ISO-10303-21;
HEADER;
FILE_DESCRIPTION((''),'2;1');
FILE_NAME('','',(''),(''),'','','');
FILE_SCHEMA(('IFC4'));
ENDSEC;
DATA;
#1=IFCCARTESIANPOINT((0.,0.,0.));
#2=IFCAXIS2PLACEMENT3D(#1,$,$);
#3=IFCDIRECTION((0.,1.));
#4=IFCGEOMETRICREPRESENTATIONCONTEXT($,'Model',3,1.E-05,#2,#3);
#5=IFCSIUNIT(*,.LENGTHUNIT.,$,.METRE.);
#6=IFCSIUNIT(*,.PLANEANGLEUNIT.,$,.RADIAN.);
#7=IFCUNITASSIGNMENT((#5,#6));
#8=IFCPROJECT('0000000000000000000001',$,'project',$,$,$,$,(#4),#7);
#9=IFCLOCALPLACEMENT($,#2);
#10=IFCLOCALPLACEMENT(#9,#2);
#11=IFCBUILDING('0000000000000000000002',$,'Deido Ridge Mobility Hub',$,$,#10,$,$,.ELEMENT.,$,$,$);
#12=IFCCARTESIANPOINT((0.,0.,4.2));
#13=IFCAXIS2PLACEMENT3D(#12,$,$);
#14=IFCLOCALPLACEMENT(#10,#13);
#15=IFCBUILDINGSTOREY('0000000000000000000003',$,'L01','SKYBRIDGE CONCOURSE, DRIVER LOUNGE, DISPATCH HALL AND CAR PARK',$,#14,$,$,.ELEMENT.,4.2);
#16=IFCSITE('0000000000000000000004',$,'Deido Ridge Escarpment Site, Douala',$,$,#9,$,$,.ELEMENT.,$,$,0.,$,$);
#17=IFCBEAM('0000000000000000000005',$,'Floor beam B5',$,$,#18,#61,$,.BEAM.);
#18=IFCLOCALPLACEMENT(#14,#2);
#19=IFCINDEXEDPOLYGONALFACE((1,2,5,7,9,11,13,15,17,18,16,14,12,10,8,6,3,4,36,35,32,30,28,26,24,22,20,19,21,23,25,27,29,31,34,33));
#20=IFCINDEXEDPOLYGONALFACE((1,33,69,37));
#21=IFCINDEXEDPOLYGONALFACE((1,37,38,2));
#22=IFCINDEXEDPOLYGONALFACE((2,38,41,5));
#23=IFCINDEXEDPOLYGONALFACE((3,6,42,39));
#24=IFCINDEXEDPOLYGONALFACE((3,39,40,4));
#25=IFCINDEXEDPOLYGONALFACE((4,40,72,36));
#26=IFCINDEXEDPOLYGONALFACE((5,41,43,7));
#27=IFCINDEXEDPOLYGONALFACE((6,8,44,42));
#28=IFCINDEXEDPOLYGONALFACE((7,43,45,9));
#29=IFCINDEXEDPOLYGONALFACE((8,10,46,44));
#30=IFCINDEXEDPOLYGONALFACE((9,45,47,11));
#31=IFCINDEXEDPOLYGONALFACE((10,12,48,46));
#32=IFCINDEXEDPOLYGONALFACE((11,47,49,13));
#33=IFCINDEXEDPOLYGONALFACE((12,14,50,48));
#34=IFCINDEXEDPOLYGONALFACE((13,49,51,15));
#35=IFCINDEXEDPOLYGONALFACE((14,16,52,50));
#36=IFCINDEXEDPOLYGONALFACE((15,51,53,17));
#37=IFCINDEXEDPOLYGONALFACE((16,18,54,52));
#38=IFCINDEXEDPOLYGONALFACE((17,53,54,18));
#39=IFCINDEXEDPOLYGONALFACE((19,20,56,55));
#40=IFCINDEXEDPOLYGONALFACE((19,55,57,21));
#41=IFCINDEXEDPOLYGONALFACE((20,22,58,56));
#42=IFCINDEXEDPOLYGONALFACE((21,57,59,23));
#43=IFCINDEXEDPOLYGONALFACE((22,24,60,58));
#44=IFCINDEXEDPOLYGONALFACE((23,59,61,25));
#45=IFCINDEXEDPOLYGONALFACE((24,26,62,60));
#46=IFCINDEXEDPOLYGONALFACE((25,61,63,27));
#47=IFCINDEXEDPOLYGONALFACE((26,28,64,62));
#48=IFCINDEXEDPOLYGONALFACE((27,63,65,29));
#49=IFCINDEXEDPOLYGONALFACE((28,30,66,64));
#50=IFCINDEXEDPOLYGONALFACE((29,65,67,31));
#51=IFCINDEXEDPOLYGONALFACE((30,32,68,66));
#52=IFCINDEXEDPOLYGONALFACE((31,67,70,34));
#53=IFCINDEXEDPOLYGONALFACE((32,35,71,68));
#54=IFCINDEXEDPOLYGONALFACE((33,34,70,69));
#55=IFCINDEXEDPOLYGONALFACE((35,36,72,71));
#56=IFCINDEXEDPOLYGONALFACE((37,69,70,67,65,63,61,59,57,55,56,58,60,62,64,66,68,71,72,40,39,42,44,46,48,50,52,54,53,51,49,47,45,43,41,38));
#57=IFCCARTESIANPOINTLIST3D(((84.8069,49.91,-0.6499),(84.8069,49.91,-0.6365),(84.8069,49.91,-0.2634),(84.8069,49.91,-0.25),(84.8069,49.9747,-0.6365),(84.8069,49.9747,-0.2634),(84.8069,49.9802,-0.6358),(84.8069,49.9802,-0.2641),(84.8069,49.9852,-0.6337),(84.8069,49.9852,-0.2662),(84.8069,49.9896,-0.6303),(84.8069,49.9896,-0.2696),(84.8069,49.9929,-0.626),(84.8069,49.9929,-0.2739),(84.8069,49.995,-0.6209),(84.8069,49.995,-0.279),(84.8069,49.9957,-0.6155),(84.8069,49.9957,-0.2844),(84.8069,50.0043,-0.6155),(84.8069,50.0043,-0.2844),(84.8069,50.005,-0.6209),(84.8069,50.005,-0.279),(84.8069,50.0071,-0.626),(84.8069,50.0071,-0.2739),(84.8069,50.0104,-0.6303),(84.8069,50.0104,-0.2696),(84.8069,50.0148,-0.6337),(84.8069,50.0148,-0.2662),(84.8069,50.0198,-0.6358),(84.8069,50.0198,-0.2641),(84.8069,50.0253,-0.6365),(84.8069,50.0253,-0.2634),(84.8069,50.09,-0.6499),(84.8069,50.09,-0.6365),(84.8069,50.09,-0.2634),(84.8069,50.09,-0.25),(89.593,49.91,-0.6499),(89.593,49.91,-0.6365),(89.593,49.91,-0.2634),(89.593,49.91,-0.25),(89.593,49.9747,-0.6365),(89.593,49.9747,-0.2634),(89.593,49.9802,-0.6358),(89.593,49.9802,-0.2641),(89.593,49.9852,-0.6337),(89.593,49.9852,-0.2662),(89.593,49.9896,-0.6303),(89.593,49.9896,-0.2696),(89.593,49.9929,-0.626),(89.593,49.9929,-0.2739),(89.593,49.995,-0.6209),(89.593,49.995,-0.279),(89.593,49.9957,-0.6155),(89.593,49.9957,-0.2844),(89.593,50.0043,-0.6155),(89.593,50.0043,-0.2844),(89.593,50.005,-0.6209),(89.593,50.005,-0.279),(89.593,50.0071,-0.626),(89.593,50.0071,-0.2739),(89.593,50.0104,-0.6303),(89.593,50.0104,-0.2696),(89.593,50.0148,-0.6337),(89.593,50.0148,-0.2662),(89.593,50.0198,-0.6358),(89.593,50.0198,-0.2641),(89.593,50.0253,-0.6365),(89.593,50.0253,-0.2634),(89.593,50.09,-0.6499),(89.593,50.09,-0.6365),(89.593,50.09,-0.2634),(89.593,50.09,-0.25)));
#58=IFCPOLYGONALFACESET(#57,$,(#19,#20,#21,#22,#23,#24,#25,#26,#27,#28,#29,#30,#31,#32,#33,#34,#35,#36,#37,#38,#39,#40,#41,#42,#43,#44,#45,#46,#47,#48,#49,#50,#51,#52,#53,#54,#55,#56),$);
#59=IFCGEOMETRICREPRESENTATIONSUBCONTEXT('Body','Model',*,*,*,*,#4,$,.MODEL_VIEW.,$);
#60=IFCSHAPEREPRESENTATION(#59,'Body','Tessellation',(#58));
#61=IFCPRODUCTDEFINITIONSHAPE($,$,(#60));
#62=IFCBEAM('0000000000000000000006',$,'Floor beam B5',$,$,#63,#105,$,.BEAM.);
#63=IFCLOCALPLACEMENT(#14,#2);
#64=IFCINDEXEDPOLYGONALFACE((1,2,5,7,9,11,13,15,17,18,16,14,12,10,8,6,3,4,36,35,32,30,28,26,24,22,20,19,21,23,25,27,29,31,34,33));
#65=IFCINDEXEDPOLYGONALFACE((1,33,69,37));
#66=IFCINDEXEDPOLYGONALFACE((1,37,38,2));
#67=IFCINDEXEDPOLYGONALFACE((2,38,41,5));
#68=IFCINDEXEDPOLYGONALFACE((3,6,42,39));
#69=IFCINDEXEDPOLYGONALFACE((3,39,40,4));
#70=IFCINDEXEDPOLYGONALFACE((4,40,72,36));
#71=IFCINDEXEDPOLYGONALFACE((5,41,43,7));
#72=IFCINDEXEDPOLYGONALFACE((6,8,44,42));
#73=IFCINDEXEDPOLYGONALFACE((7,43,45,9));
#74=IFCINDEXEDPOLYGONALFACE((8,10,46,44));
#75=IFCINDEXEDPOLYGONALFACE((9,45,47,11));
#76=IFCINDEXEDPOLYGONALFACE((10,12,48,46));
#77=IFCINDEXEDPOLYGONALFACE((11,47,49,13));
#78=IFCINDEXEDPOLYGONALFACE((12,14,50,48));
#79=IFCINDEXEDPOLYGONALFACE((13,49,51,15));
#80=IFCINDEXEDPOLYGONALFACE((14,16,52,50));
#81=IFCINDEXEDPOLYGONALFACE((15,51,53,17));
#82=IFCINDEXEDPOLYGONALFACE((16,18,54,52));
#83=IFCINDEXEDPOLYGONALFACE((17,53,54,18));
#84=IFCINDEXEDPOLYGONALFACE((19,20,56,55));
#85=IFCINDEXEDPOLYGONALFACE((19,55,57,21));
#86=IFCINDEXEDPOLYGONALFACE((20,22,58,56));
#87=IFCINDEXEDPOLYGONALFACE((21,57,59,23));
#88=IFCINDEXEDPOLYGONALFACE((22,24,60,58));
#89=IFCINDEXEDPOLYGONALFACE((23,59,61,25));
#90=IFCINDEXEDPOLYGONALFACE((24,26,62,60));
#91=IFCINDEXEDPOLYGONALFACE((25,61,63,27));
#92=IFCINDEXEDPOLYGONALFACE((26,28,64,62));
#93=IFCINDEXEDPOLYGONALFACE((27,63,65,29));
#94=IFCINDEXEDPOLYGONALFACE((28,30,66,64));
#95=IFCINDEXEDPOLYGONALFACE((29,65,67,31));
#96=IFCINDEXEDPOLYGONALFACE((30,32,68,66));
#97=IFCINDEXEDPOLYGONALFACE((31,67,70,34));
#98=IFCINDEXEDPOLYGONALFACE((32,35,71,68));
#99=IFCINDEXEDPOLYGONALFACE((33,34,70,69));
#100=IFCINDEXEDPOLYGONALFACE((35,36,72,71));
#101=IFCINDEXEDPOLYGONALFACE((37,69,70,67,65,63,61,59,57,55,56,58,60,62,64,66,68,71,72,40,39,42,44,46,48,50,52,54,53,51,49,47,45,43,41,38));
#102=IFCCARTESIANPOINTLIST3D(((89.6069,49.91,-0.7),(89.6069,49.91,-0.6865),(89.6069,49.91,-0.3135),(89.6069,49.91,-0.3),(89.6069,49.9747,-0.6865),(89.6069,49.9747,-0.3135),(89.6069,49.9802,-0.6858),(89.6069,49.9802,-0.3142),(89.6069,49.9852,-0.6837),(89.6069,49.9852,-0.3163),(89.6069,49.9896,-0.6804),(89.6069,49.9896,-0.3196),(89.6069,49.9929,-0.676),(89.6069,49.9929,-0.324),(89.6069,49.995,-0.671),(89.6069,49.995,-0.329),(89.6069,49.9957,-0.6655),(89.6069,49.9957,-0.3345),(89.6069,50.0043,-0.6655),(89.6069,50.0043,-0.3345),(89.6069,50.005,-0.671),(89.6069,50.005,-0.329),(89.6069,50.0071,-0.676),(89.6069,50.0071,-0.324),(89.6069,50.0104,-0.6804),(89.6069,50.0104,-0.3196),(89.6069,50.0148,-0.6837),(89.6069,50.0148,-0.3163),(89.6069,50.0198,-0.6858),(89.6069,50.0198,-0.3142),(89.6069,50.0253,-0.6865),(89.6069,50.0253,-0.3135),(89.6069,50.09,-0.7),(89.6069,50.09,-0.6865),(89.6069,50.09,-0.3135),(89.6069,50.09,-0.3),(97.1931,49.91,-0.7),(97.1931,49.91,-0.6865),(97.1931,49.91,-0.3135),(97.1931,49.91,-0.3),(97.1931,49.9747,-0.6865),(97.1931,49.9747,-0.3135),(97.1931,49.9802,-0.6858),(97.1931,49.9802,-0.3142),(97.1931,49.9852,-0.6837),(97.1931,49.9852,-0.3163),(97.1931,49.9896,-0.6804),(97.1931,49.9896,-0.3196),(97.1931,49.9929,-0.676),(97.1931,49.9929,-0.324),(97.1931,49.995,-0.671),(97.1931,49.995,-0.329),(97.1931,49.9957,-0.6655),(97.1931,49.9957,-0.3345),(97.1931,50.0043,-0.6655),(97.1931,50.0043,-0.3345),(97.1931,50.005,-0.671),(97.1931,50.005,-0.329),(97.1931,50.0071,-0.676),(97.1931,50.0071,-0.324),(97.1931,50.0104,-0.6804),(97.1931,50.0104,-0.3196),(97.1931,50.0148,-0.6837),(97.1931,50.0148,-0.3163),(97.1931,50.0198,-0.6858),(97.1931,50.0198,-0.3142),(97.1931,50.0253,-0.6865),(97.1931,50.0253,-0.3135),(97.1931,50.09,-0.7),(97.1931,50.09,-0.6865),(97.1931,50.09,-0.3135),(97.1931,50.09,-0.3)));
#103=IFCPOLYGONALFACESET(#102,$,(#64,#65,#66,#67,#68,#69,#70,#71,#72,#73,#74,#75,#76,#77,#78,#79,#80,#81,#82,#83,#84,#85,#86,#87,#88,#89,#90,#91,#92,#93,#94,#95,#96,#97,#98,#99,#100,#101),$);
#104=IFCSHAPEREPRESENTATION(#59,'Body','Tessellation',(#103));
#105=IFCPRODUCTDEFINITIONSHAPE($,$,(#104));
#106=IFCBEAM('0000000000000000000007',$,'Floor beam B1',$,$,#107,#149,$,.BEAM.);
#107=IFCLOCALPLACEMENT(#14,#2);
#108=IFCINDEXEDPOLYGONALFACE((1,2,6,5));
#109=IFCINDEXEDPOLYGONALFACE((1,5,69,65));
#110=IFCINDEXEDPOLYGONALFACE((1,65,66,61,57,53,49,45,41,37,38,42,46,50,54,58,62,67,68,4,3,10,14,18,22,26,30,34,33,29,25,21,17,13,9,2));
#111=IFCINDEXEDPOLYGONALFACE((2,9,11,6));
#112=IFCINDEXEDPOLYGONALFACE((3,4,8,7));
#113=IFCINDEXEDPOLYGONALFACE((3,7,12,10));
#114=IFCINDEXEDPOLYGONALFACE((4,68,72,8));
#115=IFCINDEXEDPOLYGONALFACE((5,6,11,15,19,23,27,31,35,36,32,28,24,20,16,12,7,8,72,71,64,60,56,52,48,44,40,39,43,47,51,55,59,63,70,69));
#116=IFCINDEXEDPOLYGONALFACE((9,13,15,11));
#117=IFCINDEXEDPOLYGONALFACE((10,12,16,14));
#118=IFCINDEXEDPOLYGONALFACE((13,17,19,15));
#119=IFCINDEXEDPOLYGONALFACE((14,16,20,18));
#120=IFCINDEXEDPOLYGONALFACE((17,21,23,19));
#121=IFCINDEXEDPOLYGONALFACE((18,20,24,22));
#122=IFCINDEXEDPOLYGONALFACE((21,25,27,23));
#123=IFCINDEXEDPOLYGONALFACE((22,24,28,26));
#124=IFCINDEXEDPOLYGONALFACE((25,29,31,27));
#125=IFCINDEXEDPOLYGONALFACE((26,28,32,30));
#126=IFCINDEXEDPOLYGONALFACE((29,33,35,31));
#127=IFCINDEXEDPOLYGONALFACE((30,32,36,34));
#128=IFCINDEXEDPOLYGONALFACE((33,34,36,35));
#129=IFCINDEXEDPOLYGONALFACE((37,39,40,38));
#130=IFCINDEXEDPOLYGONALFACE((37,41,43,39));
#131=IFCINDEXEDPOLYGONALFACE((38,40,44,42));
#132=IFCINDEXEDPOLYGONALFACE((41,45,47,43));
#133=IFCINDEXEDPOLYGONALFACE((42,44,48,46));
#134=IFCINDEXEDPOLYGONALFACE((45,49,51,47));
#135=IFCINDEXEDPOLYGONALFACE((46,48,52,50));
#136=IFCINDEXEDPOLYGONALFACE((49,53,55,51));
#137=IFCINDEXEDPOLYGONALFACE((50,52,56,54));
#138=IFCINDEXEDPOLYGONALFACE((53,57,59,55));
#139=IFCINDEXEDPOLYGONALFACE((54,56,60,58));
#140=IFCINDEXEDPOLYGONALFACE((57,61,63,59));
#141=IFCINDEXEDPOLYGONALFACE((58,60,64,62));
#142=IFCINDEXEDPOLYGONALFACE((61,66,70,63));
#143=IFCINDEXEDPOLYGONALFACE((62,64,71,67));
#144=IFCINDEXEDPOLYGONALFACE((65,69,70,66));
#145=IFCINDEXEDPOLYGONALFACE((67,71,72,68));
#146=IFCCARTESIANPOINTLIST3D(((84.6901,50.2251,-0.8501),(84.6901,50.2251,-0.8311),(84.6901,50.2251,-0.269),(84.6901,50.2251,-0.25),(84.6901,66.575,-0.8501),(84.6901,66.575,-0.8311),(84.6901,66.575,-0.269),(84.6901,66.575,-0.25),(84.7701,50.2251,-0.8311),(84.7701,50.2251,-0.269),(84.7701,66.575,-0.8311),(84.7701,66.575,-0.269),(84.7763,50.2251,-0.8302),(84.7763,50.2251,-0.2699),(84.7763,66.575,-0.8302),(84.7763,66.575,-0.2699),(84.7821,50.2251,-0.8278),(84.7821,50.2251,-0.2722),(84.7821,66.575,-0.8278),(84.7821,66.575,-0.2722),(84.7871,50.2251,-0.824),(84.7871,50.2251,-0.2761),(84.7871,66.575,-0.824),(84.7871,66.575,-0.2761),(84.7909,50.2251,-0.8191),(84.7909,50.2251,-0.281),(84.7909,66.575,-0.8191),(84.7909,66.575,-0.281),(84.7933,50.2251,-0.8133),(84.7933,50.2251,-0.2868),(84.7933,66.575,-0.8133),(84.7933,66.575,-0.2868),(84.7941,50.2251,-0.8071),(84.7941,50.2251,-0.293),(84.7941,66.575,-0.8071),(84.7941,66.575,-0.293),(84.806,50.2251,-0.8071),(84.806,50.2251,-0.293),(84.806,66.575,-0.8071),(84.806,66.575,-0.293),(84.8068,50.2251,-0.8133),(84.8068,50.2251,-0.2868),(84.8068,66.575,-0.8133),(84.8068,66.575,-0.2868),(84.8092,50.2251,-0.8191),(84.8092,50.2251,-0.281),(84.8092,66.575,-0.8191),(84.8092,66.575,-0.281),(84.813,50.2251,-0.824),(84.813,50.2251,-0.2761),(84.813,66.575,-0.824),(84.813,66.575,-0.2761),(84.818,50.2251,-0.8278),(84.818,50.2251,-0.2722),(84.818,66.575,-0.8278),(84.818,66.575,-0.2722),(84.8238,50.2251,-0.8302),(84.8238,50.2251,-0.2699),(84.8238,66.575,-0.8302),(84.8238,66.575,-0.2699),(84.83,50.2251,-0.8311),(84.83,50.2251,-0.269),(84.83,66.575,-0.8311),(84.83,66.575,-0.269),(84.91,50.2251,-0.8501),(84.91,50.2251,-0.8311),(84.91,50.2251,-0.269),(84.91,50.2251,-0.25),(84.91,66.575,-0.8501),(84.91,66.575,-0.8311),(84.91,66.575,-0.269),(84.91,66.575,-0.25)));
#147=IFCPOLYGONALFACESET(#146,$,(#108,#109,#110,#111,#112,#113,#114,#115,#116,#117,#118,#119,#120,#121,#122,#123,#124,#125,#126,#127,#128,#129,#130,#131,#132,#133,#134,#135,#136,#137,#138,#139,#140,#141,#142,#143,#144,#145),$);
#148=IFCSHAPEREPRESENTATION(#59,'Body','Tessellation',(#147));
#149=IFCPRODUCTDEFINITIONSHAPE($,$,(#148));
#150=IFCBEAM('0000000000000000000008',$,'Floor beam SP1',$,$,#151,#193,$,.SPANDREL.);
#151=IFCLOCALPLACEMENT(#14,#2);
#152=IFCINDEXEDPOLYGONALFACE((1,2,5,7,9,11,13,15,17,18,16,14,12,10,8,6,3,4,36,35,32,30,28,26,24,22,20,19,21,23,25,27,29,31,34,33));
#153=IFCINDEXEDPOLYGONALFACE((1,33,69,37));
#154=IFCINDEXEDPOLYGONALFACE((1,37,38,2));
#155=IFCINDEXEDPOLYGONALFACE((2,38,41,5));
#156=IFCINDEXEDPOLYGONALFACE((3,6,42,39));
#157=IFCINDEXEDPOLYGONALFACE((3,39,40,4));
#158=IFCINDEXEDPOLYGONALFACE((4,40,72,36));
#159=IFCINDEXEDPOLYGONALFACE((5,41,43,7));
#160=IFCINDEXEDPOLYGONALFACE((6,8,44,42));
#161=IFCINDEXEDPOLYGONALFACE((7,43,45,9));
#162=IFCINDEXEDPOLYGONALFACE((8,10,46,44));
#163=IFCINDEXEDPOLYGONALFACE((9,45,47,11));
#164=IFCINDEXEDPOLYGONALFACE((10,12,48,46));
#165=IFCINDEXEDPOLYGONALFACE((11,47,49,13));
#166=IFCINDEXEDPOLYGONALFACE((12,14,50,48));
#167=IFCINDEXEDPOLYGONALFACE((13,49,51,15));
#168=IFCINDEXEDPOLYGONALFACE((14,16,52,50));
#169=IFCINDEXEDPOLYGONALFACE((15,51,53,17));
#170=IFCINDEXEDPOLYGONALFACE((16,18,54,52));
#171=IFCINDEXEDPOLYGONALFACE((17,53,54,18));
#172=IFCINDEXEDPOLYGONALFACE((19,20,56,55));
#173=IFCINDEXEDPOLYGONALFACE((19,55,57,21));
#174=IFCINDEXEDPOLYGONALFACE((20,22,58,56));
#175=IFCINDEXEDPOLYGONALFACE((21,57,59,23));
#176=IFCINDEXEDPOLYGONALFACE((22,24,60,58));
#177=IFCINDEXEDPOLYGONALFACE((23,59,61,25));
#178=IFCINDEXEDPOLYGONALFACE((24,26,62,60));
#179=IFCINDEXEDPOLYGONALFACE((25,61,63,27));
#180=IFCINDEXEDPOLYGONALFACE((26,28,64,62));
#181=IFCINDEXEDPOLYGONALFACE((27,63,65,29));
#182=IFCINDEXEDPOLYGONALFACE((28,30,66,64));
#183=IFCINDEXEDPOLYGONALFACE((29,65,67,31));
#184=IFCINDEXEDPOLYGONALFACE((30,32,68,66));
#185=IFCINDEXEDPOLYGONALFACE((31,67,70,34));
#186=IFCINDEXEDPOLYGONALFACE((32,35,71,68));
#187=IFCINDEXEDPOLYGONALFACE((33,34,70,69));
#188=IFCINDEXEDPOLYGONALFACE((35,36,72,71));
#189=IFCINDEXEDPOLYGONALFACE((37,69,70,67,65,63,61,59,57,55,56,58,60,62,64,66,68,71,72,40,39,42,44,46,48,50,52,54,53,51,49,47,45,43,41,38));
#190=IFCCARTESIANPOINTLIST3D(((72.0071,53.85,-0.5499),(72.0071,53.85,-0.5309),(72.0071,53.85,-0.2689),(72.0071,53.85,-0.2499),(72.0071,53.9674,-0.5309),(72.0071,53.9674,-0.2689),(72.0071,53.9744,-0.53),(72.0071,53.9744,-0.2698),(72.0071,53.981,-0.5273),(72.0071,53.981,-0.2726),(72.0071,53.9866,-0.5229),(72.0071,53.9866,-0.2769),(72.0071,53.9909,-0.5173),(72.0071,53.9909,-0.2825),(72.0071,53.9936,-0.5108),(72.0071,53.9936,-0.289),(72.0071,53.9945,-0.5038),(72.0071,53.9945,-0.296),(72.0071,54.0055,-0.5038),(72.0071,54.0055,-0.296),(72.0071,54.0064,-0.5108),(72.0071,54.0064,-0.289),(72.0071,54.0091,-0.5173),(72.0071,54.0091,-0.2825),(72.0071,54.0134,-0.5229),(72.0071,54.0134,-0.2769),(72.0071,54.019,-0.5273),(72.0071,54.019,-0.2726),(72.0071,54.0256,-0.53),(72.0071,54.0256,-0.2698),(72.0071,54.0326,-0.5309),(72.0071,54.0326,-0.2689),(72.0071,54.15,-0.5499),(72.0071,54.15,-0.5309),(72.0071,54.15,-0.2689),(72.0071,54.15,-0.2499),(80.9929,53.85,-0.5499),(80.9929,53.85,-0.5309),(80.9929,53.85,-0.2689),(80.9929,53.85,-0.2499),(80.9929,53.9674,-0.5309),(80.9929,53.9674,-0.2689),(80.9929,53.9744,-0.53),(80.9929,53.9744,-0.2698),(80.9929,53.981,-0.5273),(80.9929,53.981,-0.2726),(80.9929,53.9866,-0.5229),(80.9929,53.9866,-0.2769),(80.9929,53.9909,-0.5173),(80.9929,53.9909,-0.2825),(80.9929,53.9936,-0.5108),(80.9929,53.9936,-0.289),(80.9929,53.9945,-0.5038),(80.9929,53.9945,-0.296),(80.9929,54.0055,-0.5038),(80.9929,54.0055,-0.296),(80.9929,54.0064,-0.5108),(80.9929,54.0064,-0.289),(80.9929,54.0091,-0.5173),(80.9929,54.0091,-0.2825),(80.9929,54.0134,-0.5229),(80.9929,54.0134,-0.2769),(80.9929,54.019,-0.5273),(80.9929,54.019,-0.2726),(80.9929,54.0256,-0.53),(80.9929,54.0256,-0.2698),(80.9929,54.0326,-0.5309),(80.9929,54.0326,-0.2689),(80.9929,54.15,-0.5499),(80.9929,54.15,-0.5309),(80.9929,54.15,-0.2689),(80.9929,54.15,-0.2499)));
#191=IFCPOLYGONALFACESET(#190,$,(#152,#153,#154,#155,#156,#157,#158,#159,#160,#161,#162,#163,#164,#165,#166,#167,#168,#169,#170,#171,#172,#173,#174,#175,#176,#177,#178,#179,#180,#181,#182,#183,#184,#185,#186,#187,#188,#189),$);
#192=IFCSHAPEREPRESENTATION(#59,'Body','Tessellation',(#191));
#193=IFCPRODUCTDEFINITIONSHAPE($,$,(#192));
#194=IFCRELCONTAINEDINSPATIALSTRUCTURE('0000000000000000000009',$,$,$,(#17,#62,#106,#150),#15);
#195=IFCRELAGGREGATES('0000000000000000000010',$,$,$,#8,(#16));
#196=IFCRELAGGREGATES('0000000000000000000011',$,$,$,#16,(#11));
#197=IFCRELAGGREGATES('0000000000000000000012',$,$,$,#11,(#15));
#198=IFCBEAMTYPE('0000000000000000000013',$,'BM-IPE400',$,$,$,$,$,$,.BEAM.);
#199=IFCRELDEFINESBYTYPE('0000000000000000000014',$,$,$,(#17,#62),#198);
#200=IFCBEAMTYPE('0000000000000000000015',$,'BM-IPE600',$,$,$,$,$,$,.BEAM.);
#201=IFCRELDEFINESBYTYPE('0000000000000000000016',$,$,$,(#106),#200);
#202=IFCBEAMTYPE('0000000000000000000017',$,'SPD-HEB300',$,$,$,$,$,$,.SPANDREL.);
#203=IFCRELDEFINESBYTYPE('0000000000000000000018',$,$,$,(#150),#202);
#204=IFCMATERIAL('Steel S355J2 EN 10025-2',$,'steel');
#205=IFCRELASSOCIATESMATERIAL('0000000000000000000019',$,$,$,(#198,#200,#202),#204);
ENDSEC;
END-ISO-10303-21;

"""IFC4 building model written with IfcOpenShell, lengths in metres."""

from ifc_helpers import new_model, si_unit, direction, frame, origin, origin_2d, place, context, subcontext, project, spatial, i_section, extrude, material, material_profile, profile_set, type_object, element, save


model = new_model("IFC4")

# Units and contexts
model_context = context("Model", 3, precision=1e-05, world=origin(), true_north=direction((0.0, 1.0)))
body_context = subcontext(model_context, "Body", "Model", "MODEL_VIEW")
ifc_project = project(units=[si_unit("LENGTHUNIT", "METRE"), si_unit("PLANEANGLEUNIT", "RADIAN")], contexts=[model_context])

# Site, building, storey
site_placement = place(None, origin())
site = spatial("IfcSite", under=ifc_project, at=site_placement, Name="Deido Ridge Escarpment Site, Douala", CompositionType="ELEMENT", RefElevation=0.0)
building_placement = place(site_placement, origin())
building = spatial("IfcBuilding", under=site, at=building_placement, Name="Deido Ridge Mobility Hub", CompositionType="ELEMENT")
storey_placement = place(building_placement, frame((0.0, 0.0, 4.2)))
storey = spatial("IfcBuildingStorey", under=building, at=storey_placement, Name="L01", Description="SKYBRIDGE CONCOURSE, DRIVER LOUNGE, DISPATCH HALL AND CAR PARK", CompositionType="ELEMENT", Elevation=4.2)

# Shared definitions
ifc_material_1 = material(Name="Steel S355J2 EN 10025-2", Category="steel")

# Beams
ifc_material_profile_1 = material_profile(ifc_material_1, i_section(OverallWidth=0.1799, OverallDepth=0.3999, WebThickness=0.0085, FlangeThickness=0.0134, FilletRadius=0.021, at=origin_2d()), Name="IPE 400")
ifc_profile_set_1 = profile_set([ifc_material_profile_1], Name="Steel S355J2 EN 10025-2")
beam_type_1 = type_object("IfcBeamType", Name="BM-IPE400", PredefinedType="BEAM", material=ifc_profile_set_1)
beam_1_placement = place(storey_placement, frame((84.8069, 50.0, -0.45), z_axis=(1.0, 0.0, 0.0), x_axis=(0.0, 1.0, 0.0)))
element("IfcBeam", 1, at=beam_1_placement, inside=storey, type_object=beam_type_1, Name="Floor beam B5", PredefinedType="BEAM", context=body_context, shape_type="SweptSolid", body=[
    extrude(i_section(OverallWidth=0.1799, OverallDepth=0.3999, WebThickness=0.0085, FlangeThickness=0.0134, FilletRadius=0.021, at=origin_2d()), origin(), (0.0, 0.0, 1.0), 4.7861),
])
beam_2_placement = place(storey_placement, frame((89.6069, 50.0, -0.5), z_axis=(1.0, 0.0, 0.0), x_axis=(0.0, 1.0, 0.0)))
element("IfcBeam", 2, at=beam_2_placement, inside=storey, type_object=beam_type_1, Name="Floor beam B5", PredefinedType="BEAM", context=body_context, shape_type="SweptSolid", body=[
    extrude(i_section(OverallWidth=0.1799, OverallDepth=0.3999, WebThickness=0.0085, FlangeThickness=0.0134, FilletRadius=0.021, at=origin_2d()), origin(), (0.0, 0.0, 1.0), 7.5862),
])
ifc_material_profile_2 = material_profile(ifc_material_1, i_section(OverallWidth=0.22, OverallDepth=0.6001, WebThickness=0.012, FlangeThickness=0.019, FilletRadius=0.0239, at=origin_2d()), Name="IPE 600")
ifc_profile_set_2 = profile_set([ifc_material_profile_2], Name="Steel S355J2 EN 10025-2")
beam_type_2 = type_object("IfcBeamType", Name="BM-IPE600", PredefinedType="BEAM", material=ifc_profile_set_2)
beam_3_placement = place(storey_placement, frame((84.8, 50.2251, -0.55), z_axis=(0.0, 1.0, 0.0), x_axis=(-1.0, 0.0, 0.0)))
element("IfcBeam", 3, at=beam_3_placement, inside=storey, type_object=beam_type_2, Name="Floor beam B1", PredefinedType="BEAM", context=body_context, shape_type="SweptSolid", body=[
    extrude(i_section(OverallWidth=0.22, OverallDepth=0.6001, WebThickness=0.012, FlangeThickness=0.019, FilletRadius=0.0239, at=origin_2d()), origin(), (0.0, 0.0, 1.0), 16.3499),
])
ifc_material_profile_3 = material_profile(ifc_material_1, i_section(OverallWidth=0.3, OverallDepth=0.3, WebThickness=0.011, FlangeThickness=0.019, FilletRadius=0.0271, at=origin_2d()), Name="HEB 300")
ifc_profile_set_3 = profile_set([ifc_material_profile_3], Name="Steel S355J2 EN 10025-2")
beam_type_3 = type_object("IfcBeamType", Name="SPD-HEB300", PredefinedType="SPANDREL", material=ifc_profile_set_3)
beam_4_placement = place(storey_placement, frame((72.0071, 54.0, -0.3999), z_axis=(1.0, 0.0, 0.0), x_axis=(0.0, 1.0, 0.0)))
element("IfcBeam", 4, at=beam_4_placement, inside=storey, type_object=beam_type_3, Name="Floor beam SP1", PredefinedType="SPANDREL", context=body_context, shape_type="SweptSolid", body=[
    extrude(i_section(OverallWidth=0.3, OverallDepth=0.3, WebThickness=0.011, FlangeThickness=0.019, FilletRadius=0.0271, at=origin_2d()), origin(), (0.0, 0.0, 1.0), 8.9858),
])

save(model, "model.ifc")
